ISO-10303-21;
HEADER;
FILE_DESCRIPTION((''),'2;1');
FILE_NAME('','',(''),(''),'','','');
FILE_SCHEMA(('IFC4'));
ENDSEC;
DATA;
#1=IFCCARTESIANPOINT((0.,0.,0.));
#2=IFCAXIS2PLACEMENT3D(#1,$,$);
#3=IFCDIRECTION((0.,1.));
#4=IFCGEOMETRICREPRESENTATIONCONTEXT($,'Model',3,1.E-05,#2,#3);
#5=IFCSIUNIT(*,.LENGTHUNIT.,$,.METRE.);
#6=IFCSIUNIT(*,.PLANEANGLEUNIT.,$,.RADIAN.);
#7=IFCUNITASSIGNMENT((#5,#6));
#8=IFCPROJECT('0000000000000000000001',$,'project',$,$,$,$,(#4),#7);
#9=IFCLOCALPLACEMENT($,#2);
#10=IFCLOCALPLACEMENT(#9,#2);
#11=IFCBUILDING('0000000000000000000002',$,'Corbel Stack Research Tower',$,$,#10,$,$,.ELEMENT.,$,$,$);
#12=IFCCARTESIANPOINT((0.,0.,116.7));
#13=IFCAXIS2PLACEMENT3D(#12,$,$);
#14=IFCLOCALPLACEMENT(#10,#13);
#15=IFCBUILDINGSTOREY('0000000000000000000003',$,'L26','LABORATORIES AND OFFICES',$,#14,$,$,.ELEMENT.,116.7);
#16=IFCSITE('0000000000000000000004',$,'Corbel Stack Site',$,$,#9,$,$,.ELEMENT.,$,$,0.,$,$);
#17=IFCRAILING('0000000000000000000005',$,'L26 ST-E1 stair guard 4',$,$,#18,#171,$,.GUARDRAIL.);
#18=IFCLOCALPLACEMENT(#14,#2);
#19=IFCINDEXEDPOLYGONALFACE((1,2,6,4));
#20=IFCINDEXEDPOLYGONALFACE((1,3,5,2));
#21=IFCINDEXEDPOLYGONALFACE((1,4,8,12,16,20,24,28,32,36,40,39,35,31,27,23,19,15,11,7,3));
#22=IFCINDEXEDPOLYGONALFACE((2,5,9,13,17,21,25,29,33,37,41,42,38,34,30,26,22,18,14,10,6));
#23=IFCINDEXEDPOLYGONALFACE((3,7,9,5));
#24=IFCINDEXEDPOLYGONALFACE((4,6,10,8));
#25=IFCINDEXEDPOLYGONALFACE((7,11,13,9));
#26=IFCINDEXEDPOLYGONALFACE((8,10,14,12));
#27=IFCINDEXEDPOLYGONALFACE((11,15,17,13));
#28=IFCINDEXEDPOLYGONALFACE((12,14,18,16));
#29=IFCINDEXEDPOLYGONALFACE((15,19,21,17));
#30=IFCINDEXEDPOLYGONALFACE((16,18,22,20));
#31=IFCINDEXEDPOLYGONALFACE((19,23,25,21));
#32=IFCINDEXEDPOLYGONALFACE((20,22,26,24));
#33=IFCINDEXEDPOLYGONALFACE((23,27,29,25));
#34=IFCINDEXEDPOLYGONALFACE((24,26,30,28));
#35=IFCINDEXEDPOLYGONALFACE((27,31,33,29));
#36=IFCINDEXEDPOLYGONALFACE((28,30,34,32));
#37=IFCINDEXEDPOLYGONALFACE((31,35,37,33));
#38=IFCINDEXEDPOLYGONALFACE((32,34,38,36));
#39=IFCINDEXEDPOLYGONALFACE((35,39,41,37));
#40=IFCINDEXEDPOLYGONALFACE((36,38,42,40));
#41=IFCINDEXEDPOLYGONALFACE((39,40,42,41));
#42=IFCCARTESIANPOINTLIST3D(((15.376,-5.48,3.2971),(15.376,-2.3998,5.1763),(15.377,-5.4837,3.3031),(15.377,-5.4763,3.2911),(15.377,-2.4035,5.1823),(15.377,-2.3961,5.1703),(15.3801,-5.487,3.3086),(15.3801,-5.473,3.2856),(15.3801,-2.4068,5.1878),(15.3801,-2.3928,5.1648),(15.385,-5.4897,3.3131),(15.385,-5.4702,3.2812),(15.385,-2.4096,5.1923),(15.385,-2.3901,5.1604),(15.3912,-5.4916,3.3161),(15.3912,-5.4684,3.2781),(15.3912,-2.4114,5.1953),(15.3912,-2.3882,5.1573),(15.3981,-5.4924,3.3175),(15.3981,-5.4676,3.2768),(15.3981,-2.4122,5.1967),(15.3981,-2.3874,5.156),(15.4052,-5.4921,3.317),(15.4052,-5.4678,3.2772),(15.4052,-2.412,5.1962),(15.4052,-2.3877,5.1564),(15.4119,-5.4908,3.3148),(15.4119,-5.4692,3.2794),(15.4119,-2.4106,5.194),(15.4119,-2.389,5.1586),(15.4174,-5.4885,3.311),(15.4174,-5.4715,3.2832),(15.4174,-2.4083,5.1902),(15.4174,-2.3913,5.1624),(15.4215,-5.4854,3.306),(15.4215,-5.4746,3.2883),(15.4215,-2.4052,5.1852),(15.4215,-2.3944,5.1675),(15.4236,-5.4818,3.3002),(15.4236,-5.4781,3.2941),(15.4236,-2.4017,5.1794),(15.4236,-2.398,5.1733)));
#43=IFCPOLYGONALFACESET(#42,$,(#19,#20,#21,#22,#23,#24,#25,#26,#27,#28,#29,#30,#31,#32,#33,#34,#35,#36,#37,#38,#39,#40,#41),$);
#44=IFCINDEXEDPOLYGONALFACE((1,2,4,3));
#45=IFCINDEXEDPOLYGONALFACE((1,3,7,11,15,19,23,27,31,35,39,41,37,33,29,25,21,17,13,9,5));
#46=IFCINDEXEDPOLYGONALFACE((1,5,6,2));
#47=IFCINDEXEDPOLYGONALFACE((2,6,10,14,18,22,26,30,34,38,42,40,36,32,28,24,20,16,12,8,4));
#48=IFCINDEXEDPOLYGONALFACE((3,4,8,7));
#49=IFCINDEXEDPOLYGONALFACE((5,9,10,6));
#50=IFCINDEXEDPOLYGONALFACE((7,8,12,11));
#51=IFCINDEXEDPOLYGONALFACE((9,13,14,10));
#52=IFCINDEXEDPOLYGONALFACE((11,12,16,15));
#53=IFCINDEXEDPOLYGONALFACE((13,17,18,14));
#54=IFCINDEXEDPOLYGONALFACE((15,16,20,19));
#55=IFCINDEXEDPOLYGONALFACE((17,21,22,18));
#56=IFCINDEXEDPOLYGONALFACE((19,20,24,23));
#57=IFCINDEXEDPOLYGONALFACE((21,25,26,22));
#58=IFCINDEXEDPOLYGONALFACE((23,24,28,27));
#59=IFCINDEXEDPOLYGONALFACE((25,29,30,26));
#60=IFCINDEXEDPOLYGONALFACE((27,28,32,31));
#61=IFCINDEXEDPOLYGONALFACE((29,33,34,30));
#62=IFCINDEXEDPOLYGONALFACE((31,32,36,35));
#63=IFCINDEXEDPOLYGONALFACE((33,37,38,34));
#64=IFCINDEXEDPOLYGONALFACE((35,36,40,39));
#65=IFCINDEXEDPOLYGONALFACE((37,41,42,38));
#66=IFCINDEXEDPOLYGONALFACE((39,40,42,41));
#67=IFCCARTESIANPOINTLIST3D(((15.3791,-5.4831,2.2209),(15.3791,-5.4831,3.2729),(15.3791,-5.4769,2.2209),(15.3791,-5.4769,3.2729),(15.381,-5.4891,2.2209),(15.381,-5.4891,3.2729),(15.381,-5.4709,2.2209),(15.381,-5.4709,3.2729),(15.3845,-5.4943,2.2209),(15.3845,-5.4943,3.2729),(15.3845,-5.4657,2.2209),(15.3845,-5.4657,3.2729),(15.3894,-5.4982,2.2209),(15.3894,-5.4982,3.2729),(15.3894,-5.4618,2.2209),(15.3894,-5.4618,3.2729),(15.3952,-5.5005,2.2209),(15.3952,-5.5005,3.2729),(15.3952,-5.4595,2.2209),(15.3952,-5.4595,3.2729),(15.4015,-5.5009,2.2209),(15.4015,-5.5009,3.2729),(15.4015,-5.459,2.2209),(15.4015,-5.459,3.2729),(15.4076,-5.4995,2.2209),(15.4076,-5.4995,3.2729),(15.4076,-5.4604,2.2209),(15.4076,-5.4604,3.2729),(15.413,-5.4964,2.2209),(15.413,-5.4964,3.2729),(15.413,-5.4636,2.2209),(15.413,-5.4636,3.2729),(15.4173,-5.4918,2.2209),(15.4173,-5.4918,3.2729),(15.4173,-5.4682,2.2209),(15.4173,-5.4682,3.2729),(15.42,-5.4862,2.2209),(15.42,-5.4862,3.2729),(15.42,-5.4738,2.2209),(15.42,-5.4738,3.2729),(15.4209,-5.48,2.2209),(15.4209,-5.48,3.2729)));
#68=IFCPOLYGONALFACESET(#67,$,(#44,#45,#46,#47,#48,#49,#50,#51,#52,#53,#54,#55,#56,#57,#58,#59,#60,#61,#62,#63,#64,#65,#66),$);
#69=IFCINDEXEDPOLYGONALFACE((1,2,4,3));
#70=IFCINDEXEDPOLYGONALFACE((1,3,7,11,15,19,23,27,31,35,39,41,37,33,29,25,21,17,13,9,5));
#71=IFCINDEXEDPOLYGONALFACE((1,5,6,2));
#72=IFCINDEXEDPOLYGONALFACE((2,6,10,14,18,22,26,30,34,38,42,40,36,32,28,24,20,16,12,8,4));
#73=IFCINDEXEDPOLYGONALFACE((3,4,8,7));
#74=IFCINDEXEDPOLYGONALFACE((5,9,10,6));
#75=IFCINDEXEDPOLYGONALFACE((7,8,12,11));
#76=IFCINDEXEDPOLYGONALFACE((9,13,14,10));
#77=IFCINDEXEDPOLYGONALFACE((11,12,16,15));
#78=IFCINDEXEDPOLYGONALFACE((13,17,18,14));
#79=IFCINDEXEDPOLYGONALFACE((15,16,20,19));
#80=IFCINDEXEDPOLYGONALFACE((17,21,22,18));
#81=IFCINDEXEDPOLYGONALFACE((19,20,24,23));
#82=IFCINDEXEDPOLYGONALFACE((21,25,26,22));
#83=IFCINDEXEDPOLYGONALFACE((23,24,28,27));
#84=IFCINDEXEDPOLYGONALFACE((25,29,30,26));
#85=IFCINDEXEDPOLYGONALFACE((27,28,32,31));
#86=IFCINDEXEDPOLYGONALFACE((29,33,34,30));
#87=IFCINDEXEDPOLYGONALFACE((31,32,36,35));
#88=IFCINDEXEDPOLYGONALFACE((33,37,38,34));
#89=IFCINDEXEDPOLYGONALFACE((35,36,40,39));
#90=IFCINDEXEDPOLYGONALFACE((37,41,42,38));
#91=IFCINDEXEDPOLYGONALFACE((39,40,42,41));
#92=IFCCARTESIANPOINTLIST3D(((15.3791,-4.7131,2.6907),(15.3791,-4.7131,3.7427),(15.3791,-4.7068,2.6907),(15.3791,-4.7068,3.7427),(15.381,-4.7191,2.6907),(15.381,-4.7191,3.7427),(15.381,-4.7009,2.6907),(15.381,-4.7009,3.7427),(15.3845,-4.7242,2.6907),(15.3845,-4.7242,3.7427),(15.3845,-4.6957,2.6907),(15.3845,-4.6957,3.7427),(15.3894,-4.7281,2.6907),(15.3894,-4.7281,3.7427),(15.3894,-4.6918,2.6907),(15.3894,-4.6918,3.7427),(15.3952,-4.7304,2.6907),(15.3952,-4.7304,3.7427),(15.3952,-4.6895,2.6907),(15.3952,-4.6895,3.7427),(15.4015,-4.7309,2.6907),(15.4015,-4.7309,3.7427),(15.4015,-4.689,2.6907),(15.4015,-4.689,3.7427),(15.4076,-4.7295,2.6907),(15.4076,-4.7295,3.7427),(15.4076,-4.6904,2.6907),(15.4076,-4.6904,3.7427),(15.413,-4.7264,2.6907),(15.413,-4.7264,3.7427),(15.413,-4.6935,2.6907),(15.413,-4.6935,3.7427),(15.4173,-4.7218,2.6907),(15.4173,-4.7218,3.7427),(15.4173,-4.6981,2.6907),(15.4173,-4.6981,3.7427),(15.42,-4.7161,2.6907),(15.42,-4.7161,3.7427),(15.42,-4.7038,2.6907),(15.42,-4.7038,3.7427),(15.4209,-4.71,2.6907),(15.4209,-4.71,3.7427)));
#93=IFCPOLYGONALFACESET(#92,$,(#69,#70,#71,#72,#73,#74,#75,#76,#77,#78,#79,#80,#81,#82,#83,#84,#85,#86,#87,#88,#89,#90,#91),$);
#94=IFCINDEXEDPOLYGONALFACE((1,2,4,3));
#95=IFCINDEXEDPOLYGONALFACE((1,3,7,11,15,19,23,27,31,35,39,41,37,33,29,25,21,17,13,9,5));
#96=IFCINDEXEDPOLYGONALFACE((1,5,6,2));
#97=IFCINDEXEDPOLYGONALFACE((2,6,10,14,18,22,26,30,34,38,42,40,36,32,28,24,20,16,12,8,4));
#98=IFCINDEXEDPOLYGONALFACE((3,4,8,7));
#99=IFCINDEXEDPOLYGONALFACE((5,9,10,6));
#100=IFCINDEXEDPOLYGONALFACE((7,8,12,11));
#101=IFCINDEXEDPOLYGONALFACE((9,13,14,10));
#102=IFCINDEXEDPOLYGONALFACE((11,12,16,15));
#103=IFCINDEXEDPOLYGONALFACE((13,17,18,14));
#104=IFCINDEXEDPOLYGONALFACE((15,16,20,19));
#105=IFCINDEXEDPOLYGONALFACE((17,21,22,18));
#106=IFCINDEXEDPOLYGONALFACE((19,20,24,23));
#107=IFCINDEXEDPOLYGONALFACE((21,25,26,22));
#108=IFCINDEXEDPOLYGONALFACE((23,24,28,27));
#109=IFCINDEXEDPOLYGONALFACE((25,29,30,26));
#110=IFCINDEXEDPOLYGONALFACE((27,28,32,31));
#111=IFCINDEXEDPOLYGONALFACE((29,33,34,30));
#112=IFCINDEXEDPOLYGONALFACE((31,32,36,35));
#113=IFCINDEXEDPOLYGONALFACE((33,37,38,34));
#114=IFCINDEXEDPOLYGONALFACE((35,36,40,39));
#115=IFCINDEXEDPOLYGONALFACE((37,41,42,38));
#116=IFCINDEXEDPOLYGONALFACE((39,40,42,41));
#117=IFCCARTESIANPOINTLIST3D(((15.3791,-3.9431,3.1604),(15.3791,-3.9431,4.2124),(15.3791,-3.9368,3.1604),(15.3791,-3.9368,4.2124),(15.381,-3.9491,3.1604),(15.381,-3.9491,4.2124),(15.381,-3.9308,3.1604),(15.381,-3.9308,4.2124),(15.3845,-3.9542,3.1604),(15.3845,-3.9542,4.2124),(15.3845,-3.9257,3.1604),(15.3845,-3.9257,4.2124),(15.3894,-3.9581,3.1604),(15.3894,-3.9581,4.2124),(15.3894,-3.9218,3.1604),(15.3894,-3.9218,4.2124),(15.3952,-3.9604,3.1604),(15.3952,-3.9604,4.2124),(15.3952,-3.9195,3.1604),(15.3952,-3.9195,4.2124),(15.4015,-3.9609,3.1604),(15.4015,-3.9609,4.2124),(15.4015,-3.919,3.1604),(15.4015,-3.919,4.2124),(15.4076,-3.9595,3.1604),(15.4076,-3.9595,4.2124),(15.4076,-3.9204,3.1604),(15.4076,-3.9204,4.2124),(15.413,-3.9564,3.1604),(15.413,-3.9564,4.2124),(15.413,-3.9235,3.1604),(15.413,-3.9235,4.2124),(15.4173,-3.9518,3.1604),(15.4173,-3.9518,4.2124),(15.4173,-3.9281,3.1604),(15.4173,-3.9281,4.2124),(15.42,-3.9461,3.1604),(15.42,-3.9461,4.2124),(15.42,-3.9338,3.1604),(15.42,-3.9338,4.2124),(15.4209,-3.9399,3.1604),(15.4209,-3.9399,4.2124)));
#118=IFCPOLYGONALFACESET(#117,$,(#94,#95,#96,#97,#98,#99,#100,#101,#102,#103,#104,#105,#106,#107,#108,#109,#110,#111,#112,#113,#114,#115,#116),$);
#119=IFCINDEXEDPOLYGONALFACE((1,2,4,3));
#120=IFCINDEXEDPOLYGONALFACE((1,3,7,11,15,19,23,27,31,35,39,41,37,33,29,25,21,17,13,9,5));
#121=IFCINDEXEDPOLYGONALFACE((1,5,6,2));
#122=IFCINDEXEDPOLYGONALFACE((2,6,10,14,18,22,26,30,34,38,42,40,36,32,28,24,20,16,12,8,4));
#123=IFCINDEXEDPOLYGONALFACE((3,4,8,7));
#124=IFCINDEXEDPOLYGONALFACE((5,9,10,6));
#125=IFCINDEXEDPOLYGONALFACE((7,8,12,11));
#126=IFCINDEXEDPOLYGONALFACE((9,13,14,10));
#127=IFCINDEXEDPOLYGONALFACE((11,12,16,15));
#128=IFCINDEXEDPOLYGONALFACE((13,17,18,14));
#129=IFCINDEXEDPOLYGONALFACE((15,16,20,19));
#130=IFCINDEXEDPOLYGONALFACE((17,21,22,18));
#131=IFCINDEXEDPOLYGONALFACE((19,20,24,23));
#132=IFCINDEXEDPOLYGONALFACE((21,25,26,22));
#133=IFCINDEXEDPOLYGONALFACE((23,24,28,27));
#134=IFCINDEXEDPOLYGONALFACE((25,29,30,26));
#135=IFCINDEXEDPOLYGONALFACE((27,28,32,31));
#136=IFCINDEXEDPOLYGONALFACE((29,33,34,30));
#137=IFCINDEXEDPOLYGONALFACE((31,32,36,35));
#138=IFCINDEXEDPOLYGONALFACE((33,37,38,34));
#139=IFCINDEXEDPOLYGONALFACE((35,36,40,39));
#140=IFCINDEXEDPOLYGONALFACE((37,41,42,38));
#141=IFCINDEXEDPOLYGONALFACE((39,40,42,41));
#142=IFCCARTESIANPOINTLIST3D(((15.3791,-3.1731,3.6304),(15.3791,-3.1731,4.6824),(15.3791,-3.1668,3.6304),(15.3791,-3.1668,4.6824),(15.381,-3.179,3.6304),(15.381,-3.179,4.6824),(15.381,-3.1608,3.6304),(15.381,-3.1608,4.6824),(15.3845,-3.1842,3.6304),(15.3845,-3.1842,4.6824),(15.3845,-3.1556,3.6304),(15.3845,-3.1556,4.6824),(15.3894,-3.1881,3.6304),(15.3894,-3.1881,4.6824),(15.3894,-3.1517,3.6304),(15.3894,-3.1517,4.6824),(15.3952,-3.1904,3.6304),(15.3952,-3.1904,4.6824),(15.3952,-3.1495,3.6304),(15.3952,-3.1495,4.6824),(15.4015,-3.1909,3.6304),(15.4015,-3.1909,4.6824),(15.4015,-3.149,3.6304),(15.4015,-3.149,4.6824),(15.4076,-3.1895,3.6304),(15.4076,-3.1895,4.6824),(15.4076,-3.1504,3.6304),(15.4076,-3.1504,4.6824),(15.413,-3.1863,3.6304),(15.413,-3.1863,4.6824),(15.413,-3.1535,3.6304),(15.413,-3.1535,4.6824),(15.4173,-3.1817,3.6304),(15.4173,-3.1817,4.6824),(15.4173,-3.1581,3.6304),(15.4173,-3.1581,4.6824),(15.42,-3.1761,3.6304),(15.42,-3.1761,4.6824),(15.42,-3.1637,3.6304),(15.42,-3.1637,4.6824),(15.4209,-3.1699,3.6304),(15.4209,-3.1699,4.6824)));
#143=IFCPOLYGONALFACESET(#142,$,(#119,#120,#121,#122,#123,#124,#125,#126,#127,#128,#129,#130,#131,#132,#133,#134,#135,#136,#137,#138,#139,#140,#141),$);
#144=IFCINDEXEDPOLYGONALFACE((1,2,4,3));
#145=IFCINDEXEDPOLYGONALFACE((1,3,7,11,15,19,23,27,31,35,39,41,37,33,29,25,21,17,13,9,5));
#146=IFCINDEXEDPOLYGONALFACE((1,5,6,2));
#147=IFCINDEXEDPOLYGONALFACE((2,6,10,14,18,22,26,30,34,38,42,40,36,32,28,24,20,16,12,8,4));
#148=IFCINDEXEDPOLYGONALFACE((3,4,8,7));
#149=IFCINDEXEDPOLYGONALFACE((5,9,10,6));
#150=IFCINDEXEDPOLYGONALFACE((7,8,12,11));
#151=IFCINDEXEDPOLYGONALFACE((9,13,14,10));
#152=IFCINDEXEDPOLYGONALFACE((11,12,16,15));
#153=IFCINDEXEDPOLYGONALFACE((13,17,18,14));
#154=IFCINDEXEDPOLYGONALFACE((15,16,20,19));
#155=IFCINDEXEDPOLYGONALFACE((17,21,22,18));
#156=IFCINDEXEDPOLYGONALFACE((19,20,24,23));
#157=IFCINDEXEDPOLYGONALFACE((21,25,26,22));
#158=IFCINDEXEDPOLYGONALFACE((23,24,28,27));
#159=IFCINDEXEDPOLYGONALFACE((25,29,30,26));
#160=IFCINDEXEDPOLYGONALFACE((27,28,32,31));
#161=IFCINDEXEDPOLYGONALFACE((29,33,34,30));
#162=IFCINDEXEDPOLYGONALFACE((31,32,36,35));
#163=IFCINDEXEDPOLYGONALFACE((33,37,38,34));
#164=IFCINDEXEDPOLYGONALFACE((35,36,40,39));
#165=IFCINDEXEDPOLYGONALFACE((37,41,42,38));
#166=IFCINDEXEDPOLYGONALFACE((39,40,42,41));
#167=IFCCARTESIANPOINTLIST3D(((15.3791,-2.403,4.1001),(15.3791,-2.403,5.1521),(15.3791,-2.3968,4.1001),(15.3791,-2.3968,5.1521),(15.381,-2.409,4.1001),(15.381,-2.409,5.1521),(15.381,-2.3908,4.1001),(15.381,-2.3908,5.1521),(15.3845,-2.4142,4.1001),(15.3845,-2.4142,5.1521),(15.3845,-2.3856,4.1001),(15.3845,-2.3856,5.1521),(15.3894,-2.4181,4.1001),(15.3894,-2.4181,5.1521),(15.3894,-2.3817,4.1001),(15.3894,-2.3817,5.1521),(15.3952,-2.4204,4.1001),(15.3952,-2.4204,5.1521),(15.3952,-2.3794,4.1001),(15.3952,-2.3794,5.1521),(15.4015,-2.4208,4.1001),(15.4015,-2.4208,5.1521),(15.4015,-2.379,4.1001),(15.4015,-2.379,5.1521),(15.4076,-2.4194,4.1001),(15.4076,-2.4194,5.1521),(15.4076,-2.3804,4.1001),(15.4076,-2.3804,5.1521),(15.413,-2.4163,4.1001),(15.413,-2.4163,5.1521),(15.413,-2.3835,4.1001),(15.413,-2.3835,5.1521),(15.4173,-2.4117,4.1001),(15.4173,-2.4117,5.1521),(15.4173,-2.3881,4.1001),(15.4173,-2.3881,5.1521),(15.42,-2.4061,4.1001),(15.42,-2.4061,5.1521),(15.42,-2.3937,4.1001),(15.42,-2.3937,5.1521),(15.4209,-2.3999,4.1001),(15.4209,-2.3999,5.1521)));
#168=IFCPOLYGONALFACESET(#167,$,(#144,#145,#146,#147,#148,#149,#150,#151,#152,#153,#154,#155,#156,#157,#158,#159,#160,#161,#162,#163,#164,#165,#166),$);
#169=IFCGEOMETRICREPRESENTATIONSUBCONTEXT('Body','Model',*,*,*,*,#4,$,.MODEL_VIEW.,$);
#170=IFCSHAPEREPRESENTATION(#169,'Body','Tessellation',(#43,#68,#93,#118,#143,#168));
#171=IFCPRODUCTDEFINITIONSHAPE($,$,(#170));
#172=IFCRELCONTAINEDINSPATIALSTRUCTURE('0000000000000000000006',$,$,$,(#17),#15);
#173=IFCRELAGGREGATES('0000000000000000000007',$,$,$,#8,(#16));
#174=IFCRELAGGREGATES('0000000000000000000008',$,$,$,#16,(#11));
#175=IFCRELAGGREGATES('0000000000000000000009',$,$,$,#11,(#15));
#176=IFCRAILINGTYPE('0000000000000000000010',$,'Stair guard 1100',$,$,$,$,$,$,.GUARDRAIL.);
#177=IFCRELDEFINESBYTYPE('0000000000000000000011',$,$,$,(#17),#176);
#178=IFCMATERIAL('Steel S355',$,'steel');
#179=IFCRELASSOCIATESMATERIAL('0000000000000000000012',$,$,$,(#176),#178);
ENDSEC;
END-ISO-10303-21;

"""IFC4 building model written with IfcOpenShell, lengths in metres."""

from ifc_helpers import new_model, si_unit, direction, frame, origin, origin_2d, place, context, subcontext, project, spatial, circle, extrude, material, type_object, element, save


model = new_model("IFC4")

# Units and contexts
model_context = context("Model", 3, precision=1e-05, world=origin(), true_north=direction((0.0, 1.0)))
body_context = subcontext(model_context, "Body", "Model", "MODEL_VIEW")
ifc_project = project(units=[si_unit("LENGTHUNIT", "METRE"), si_unit("PLANEANGLEUNIT", "RADIAN")], contexts=[model_context])

# Site, building, storey
site_placement = place(None, origin())
site = spatial("IfcSite", under=ifc_project, at=site_placement, Name="Corbel Stack Site", CompositionType="ELEMENT", RefElevation=0.0)
building_placement = place(site_placement, origin())
building = spatial("IfcBuilding", under=site, at=building_placement, Name="Corbel Stack Research Tower", CompositionType="ELEMENT")
storey_placement = place(building_placement, frame((0.0, 0.0, 116.7)))
storey = spatial("IfcBuildingStorey", under=building, at=storey_placement, Name="L26", Description="LABORATORIES AND OFFICES", CompositionType="ELEMENT", Elevation=116.7)

# Railing
ifc_material_1 = material(Name="Steel S355", Category="steel")
railing_type_1 = type_object("IfcRailingType", Name="Stair guard 1100", PredefinedType="GUARDRAIL", material=ifc_material_1)
railing_1_placement = place(storey_placement, frame((15.3999, -5.48, 2.2209)))
element("IfcRailing", 1, at=railing_1_placement, inside=storey, type_object=railing_type_1, Name="L26 ST-E1 stair guard 4", PredefinedType="GUARDRAIL", context=body_context, shape_type="SweptSolid", body=[
    extrude(circle(Radius=0.0239, at=origin_2d()), frame((0.0, 0.0, 1.0762), z_axis=(0.0, 0.853666, 0.52082), x_axis=(-1.0, 0.0, 0.0)), (0.0, 0.0, 1.0), 3.6082),
    extrude(circle(Radius=0.021, at=origin_2d()), origin(), (0.0, 0.0, 1.0), 1.052),
    extrude(circle(Radius=0.021, at=origin_2d()), frame((0.0, 0.77, 0.4697)), (0.0, 0.0, 1.0), 1.052),
    extrude(circle(Radius=0.021, at=origin_2d()), frame((0.0, 1.54, 0.9395)), (0.0, 0.0, 1.0), 1.052),
    extrude(circle(Radius=0.021, at=origin_2d()), frame((0.0, 2.3101, 1.4094)), (0.0, 0.0, 1.0), 1.052),
    extrude(circle(Radius=0.021, at=origin_2d()), frame((0.0, 3.0801, 1.8792)), (0.0, 0.0, 1.0), 1.052),
])

save(model, "model.ifc")
